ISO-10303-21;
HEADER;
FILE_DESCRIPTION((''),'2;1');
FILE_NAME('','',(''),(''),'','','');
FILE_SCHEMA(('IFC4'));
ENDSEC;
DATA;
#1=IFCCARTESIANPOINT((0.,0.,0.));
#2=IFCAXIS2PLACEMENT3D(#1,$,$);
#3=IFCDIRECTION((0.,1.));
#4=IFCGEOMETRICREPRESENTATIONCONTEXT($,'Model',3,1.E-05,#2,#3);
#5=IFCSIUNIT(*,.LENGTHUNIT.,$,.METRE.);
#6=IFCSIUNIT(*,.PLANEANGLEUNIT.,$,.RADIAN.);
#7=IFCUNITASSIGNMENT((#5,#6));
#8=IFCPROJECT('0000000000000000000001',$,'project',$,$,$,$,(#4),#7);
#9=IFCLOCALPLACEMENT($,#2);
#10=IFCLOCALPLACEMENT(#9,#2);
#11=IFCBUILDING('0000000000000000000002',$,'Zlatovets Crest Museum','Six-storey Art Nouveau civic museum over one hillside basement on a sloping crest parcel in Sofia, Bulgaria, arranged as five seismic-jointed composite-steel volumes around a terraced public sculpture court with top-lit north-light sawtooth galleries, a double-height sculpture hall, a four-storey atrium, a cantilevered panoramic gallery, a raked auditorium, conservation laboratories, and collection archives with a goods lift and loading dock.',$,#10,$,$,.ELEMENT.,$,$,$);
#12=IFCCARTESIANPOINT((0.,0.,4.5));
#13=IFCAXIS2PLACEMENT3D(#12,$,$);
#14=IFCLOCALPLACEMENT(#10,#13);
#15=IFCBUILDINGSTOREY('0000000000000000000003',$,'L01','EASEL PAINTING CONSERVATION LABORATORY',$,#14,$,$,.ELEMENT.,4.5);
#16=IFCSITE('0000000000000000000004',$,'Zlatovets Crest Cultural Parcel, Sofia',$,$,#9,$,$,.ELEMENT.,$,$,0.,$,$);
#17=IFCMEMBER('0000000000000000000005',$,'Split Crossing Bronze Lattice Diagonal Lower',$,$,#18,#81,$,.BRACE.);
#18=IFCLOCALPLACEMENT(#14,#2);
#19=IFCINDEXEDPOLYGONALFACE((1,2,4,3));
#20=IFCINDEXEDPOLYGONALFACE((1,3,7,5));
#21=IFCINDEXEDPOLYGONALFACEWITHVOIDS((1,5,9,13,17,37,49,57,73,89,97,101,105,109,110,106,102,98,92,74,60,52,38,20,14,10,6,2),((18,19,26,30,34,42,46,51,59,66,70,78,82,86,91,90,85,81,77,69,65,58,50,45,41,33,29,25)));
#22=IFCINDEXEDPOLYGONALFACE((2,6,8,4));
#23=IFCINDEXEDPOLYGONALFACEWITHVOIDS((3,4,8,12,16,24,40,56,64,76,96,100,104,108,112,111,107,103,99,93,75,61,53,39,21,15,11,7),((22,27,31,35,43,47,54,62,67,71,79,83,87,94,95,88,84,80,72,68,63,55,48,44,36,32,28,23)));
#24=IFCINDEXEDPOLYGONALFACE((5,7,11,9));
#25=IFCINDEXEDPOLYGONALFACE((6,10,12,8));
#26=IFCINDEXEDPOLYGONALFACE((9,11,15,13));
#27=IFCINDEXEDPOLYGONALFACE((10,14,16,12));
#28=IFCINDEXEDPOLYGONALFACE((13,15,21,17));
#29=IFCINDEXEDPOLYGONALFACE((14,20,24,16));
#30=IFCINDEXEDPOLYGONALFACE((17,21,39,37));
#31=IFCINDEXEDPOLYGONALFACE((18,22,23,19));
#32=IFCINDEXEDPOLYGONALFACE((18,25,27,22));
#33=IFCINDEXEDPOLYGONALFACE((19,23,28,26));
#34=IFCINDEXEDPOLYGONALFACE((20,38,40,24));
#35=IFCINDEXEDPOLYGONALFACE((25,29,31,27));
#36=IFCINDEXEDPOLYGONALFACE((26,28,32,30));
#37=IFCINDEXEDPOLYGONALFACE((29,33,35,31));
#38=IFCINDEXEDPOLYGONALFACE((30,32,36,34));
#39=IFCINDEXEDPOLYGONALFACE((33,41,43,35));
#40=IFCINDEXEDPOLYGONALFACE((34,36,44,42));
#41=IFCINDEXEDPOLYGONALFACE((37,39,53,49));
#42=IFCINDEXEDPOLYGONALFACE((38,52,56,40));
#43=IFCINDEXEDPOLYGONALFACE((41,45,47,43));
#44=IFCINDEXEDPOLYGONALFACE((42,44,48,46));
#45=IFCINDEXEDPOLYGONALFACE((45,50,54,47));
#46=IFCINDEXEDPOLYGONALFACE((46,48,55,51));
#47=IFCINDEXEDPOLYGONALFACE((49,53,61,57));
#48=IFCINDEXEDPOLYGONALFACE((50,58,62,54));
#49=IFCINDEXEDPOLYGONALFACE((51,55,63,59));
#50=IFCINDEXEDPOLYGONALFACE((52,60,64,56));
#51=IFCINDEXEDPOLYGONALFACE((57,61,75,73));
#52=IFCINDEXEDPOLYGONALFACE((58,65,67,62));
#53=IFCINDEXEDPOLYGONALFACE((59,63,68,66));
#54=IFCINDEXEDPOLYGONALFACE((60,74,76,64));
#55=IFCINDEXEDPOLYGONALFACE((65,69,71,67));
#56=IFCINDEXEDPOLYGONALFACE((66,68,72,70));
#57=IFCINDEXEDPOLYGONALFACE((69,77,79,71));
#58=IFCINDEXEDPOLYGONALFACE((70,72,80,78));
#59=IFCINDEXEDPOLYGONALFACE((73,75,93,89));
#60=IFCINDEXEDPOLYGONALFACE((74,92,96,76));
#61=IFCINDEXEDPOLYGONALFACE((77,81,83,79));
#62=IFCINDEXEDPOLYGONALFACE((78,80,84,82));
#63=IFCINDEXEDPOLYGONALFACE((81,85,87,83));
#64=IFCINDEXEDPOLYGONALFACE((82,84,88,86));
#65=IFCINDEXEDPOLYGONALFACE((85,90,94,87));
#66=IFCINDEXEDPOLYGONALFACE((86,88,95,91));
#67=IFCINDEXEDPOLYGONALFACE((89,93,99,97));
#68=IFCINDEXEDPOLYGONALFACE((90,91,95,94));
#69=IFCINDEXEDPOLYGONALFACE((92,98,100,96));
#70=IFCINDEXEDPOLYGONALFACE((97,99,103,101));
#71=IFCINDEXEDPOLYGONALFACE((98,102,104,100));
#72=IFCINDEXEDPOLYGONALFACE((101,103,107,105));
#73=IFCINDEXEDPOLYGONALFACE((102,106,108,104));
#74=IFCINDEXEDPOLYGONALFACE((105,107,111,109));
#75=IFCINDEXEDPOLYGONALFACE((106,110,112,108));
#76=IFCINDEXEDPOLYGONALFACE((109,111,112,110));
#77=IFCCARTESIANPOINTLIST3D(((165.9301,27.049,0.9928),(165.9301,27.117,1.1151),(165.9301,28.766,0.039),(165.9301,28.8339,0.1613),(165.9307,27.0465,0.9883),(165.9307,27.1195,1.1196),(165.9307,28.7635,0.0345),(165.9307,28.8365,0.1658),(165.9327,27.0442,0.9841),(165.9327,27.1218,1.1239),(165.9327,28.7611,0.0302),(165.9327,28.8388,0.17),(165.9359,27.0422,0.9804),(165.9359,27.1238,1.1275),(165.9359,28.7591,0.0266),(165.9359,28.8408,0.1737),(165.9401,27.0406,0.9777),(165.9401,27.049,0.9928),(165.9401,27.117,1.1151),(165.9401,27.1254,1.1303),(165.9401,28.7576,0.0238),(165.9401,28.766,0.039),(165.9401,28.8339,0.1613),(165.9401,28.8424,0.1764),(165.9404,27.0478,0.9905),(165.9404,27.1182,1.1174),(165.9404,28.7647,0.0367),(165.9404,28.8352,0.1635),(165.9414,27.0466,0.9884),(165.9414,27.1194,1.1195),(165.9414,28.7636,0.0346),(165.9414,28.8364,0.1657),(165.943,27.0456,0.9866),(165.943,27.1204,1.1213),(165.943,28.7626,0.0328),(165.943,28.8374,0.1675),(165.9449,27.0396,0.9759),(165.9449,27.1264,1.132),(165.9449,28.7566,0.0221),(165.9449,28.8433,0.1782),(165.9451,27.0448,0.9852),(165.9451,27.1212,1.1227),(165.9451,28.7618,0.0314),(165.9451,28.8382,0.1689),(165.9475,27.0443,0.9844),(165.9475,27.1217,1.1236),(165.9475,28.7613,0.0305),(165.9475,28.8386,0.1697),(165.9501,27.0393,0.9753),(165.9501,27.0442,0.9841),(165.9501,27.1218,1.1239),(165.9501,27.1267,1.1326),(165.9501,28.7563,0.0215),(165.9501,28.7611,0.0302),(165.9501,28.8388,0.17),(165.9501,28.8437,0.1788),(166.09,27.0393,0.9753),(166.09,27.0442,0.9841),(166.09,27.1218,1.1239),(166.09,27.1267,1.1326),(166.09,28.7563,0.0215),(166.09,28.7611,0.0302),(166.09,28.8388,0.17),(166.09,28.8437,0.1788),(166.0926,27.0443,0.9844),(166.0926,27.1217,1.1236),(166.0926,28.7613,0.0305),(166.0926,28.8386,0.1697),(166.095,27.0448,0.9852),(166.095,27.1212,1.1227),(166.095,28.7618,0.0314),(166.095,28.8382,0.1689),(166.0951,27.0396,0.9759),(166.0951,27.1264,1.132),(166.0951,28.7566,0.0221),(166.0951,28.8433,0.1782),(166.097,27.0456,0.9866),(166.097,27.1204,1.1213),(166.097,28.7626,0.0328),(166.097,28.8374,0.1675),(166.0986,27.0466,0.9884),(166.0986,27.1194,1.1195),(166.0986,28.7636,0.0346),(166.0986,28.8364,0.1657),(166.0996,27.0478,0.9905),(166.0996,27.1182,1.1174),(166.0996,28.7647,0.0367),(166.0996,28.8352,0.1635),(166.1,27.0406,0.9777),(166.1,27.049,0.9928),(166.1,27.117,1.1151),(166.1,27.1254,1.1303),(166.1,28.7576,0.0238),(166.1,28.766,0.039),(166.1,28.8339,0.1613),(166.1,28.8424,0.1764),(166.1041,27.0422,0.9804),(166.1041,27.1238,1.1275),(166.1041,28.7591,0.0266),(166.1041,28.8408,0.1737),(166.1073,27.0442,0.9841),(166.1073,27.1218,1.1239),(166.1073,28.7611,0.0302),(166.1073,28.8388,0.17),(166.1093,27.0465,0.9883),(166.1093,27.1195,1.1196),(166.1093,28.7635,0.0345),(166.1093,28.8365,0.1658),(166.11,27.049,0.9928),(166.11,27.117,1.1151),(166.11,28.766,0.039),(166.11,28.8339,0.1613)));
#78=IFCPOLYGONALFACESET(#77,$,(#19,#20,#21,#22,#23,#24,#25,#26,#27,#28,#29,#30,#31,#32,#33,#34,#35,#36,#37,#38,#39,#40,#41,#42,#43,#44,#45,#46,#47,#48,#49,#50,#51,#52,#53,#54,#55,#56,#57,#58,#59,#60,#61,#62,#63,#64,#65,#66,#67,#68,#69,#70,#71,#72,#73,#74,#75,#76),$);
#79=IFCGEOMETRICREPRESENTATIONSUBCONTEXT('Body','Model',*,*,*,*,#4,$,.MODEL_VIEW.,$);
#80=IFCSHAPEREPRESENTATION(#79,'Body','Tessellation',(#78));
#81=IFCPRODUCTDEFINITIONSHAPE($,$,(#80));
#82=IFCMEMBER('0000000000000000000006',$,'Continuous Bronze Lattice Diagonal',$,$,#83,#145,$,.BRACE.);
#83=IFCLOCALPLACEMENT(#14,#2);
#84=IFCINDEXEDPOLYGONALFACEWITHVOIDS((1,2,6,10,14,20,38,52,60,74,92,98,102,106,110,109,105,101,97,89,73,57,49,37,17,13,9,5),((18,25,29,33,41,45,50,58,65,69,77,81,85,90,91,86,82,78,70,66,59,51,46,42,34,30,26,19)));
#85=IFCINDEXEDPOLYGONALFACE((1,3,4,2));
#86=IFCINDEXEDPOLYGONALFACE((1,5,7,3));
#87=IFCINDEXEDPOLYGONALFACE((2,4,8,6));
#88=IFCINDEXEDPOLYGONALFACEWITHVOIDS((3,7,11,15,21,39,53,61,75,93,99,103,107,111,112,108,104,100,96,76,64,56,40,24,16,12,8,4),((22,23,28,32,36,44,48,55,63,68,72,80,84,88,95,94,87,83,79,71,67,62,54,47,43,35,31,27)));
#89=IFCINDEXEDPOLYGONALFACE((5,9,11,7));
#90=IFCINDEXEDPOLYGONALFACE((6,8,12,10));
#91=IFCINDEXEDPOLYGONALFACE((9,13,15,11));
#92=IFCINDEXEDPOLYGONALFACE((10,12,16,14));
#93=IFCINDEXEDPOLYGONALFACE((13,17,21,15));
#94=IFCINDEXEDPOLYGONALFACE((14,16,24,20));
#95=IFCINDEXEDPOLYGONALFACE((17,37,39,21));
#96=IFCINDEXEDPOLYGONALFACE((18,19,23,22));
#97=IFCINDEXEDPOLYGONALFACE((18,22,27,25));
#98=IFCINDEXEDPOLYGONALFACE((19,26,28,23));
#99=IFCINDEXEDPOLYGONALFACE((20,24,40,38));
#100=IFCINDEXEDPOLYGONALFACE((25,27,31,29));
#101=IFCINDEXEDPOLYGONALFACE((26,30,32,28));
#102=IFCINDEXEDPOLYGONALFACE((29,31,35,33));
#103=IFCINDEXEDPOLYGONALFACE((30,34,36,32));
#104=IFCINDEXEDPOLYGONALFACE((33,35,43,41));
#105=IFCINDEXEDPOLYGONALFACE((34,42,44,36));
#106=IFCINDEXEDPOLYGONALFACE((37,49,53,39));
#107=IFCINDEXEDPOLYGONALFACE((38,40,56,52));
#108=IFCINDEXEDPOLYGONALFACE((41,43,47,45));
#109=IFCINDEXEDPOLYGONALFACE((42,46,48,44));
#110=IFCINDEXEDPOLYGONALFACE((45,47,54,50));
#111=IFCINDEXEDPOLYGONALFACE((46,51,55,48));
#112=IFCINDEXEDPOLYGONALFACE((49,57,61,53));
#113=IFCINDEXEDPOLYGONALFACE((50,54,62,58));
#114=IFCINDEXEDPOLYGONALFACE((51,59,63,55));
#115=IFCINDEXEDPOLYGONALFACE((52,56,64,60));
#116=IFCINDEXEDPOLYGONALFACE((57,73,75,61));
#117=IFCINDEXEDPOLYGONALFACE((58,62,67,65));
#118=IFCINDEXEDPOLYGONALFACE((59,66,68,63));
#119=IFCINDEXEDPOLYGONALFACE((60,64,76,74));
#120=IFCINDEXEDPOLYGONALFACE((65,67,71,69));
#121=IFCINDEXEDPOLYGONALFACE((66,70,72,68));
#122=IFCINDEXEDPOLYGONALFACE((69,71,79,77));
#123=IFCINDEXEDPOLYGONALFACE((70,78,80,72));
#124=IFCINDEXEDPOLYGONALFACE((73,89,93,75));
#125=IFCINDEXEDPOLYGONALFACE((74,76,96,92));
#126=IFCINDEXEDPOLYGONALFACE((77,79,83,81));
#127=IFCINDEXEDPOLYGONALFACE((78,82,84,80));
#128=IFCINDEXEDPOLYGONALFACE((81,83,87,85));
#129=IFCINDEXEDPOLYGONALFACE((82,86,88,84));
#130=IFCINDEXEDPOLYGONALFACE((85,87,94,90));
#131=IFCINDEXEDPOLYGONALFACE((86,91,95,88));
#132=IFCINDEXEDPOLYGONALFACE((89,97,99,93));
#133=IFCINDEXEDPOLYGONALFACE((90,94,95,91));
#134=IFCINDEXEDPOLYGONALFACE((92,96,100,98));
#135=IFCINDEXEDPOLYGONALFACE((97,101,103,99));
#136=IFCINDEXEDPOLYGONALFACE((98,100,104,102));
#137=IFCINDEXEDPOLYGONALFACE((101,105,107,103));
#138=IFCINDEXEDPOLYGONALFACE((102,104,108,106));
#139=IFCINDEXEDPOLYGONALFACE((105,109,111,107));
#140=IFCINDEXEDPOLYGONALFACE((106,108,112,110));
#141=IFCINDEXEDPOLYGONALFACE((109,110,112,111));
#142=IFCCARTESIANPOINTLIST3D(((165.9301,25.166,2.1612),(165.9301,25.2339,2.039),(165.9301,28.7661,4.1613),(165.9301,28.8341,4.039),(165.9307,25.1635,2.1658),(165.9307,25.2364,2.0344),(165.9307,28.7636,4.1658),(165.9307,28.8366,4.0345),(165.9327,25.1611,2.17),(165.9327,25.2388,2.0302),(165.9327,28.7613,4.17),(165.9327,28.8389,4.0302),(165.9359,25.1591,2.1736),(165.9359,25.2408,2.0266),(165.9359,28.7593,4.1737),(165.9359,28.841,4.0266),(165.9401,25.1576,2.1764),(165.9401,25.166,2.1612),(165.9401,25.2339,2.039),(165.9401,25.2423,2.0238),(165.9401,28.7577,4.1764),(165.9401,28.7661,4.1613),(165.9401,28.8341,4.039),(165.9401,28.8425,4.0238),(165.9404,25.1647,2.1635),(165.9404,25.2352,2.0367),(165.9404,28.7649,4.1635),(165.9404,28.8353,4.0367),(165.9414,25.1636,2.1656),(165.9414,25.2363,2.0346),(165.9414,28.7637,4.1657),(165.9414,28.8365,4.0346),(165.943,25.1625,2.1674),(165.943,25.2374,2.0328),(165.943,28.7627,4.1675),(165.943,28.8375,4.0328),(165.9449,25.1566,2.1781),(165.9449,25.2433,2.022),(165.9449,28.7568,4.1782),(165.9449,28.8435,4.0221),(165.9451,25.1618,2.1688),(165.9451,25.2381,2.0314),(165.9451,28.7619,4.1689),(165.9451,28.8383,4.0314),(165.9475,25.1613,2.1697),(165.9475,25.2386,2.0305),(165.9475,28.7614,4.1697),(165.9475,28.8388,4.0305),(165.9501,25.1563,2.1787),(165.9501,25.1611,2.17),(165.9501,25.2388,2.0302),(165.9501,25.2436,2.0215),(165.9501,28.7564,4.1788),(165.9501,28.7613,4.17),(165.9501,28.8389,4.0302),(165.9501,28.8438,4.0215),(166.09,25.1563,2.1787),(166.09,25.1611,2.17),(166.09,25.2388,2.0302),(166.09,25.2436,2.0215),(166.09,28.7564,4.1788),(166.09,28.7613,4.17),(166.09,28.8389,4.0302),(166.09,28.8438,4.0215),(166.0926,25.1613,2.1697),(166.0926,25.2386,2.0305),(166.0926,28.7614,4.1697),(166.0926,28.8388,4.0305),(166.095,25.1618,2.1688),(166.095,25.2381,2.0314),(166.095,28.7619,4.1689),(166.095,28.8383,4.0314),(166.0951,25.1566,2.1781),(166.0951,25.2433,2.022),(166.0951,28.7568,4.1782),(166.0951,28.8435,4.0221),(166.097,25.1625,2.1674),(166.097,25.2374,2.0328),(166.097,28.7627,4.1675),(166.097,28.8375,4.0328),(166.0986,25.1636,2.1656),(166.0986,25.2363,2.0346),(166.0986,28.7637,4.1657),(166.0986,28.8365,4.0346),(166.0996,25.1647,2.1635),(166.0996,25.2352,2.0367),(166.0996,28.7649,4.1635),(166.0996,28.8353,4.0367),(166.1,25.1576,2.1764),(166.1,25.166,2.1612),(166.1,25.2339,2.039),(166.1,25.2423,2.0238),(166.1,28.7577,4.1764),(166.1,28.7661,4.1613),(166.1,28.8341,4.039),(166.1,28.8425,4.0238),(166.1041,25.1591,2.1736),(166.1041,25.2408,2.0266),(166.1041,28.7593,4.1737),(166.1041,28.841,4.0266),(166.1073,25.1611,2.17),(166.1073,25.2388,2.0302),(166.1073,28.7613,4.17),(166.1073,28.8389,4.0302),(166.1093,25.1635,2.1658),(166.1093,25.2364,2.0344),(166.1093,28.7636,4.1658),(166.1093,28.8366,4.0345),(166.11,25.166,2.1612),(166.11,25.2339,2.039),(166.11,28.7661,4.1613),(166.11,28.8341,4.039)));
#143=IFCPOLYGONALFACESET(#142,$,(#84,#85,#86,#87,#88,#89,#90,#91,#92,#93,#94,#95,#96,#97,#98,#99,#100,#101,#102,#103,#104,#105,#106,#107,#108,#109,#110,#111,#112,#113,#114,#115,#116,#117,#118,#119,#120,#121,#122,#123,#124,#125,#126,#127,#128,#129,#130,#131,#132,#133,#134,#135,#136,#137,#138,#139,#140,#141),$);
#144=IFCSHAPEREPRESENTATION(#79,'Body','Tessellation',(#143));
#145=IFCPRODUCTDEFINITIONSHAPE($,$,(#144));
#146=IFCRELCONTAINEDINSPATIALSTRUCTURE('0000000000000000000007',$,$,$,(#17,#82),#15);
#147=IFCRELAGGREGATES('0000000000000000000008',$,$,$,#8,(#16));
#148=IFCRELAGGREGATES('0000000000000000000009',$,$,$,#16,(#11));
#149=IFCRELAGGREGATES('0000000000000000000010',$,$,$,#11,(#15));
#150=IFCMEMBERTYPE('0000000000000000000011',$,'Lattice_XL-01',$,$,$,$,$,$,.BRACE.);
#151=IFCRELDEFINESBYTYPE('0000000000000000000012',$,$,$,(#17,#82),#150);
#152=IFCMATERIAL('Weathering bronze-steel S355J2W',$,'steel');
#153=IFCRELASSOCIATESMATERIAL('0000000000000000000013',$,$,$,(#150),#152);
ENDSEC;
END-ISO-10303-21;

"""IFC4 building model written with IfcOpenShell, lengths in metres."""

from ifc_helpers import new_model, si_unit, direction, frame, origin, origin_2d, place, context, subcontext, project, spatial, hollow_rectangle, extrude, material, material_profile, profile_set, type_object, element, save


model = new_model("IFC4")

# Units and contexts
model_context = context("Model", 3, precision=1e-05, world=origin(), true_north=direction((0.0, 1.0)))
body_context = subcontext(model_context, "Body", "Model", "MODEL_VIEW")
ifc_project = project(units=[si_unit("LENGTHUNIT", "METRE"), si_unit("PLANEANGLEUNIT", "RADIAN")], contexts=[model_context])

# Site, building, storey
site_placement = place(None, origin())
site = spatial("IfcSite", under=ifc_project, at=site_placement, Name="Zlatovets Crest Cultural Parcel, Sofia", CompositionType="ELEMENT", RefElevation=0.0)
building_placement = place(site_placement, origin())
building = spatial("IfcBuilding", under=site, at=building_placement, Name="Zlatovets Crest Museum", Description="Six-storey Art Nouveau civic museum over one hillside basement on a sloping crest parcel in Sofia, Bulgaria, arranged as five seismic-jointed composite-steel volumes around a terraced public sculpture court with top-lit north-light sawtooth galleries, a double-height sculpture hall, a four-storey atrium, a cantilevered panoramic gallery, a raked auditorium, conservation laboratories, and collection archives with a goods lift and loading dock.", CompositionType="ELEMENT")
storey_placement = place(building_placement, frame((0.0, 0.0, 4.5)))
storey = spatial("IfcBuildingStorey", under=building, at=storey_placement, Name="L01", Description="EASEL PAINTING CONSERVATION LABORATORY", CompositionType="ELEMENT", Elevation=4.5)

# Members
ifc_material_1 = material(Name="Weathering bronze-steel S355J2W", Category="steel")
ifc_material_profile_1 = material_profile(ifc_material_1, hollow_rectangle(XDim=0.1799, YDim=0.1799, WallThickness=0.01, InnerFilletRadius=0.01, OuterFilletRadius=0.02, at=origin_2d()), Name="SHS 180x180x10.0")
ifc_profile_set_1 = profile_set([ifc_material_profile_1], Name="Weathering bronze-steel S355J2W")
member_type_1 = type_object("IfcMemberType", Name="Lattice_XL-01", PredefinedType="BRACE", material=ifc_profile_set_1)
member_1_placement = place(storey_placement, frame((166.02, 27.083, 1.054), z_axis=(0.0, 0.874169, -0.485622), x_axis=(-1.0, 0.0, 0.0)))
element("IfcMember", 1, at=member_1_placement, inside=storey, type_object=member_type_1, Name="Split Crossing Bronze Lattice Diagonal Lower", PredefinedType="BRACE", context=body_context, shape_type="SweptSolid", body=[
    extrude(hollow_rectangle(XDim=0.1799, YDim=0.1799, WallThickness=0.01, InnerFilletRadius=0.01, OuterFilletRadius=0.02, at=origin_2d()), origin(), (0.0, 0.0, 1.0), 1.9641),
])
member_2_placement = place(storey_placement, frame((166.02, 25.2, 2.1001), z_axis=(0.0, 0.874163, 0.485633), x_axis=(-1.0, 0.0, 0.0)))
element("IfcMember", 2, at=member_2_placement, inside=storey, type_object=member_type_1, Name="Continuous Bronze Lattice Diagonal", PredefinedType="BRACE", context=body_context, shape_type="SweptSolid", body=[
    extrude(hollow_rectangle(XDim=0.1799, YDim=0.1799, WallThickness=0.01, InnerFilletRadius=0.01, OuterFilletRadius=0.02, at=origin_2d()), origin(), (0.0, 0.0, 1.0), 4.1184),
])

save(model, "model.ifc")
